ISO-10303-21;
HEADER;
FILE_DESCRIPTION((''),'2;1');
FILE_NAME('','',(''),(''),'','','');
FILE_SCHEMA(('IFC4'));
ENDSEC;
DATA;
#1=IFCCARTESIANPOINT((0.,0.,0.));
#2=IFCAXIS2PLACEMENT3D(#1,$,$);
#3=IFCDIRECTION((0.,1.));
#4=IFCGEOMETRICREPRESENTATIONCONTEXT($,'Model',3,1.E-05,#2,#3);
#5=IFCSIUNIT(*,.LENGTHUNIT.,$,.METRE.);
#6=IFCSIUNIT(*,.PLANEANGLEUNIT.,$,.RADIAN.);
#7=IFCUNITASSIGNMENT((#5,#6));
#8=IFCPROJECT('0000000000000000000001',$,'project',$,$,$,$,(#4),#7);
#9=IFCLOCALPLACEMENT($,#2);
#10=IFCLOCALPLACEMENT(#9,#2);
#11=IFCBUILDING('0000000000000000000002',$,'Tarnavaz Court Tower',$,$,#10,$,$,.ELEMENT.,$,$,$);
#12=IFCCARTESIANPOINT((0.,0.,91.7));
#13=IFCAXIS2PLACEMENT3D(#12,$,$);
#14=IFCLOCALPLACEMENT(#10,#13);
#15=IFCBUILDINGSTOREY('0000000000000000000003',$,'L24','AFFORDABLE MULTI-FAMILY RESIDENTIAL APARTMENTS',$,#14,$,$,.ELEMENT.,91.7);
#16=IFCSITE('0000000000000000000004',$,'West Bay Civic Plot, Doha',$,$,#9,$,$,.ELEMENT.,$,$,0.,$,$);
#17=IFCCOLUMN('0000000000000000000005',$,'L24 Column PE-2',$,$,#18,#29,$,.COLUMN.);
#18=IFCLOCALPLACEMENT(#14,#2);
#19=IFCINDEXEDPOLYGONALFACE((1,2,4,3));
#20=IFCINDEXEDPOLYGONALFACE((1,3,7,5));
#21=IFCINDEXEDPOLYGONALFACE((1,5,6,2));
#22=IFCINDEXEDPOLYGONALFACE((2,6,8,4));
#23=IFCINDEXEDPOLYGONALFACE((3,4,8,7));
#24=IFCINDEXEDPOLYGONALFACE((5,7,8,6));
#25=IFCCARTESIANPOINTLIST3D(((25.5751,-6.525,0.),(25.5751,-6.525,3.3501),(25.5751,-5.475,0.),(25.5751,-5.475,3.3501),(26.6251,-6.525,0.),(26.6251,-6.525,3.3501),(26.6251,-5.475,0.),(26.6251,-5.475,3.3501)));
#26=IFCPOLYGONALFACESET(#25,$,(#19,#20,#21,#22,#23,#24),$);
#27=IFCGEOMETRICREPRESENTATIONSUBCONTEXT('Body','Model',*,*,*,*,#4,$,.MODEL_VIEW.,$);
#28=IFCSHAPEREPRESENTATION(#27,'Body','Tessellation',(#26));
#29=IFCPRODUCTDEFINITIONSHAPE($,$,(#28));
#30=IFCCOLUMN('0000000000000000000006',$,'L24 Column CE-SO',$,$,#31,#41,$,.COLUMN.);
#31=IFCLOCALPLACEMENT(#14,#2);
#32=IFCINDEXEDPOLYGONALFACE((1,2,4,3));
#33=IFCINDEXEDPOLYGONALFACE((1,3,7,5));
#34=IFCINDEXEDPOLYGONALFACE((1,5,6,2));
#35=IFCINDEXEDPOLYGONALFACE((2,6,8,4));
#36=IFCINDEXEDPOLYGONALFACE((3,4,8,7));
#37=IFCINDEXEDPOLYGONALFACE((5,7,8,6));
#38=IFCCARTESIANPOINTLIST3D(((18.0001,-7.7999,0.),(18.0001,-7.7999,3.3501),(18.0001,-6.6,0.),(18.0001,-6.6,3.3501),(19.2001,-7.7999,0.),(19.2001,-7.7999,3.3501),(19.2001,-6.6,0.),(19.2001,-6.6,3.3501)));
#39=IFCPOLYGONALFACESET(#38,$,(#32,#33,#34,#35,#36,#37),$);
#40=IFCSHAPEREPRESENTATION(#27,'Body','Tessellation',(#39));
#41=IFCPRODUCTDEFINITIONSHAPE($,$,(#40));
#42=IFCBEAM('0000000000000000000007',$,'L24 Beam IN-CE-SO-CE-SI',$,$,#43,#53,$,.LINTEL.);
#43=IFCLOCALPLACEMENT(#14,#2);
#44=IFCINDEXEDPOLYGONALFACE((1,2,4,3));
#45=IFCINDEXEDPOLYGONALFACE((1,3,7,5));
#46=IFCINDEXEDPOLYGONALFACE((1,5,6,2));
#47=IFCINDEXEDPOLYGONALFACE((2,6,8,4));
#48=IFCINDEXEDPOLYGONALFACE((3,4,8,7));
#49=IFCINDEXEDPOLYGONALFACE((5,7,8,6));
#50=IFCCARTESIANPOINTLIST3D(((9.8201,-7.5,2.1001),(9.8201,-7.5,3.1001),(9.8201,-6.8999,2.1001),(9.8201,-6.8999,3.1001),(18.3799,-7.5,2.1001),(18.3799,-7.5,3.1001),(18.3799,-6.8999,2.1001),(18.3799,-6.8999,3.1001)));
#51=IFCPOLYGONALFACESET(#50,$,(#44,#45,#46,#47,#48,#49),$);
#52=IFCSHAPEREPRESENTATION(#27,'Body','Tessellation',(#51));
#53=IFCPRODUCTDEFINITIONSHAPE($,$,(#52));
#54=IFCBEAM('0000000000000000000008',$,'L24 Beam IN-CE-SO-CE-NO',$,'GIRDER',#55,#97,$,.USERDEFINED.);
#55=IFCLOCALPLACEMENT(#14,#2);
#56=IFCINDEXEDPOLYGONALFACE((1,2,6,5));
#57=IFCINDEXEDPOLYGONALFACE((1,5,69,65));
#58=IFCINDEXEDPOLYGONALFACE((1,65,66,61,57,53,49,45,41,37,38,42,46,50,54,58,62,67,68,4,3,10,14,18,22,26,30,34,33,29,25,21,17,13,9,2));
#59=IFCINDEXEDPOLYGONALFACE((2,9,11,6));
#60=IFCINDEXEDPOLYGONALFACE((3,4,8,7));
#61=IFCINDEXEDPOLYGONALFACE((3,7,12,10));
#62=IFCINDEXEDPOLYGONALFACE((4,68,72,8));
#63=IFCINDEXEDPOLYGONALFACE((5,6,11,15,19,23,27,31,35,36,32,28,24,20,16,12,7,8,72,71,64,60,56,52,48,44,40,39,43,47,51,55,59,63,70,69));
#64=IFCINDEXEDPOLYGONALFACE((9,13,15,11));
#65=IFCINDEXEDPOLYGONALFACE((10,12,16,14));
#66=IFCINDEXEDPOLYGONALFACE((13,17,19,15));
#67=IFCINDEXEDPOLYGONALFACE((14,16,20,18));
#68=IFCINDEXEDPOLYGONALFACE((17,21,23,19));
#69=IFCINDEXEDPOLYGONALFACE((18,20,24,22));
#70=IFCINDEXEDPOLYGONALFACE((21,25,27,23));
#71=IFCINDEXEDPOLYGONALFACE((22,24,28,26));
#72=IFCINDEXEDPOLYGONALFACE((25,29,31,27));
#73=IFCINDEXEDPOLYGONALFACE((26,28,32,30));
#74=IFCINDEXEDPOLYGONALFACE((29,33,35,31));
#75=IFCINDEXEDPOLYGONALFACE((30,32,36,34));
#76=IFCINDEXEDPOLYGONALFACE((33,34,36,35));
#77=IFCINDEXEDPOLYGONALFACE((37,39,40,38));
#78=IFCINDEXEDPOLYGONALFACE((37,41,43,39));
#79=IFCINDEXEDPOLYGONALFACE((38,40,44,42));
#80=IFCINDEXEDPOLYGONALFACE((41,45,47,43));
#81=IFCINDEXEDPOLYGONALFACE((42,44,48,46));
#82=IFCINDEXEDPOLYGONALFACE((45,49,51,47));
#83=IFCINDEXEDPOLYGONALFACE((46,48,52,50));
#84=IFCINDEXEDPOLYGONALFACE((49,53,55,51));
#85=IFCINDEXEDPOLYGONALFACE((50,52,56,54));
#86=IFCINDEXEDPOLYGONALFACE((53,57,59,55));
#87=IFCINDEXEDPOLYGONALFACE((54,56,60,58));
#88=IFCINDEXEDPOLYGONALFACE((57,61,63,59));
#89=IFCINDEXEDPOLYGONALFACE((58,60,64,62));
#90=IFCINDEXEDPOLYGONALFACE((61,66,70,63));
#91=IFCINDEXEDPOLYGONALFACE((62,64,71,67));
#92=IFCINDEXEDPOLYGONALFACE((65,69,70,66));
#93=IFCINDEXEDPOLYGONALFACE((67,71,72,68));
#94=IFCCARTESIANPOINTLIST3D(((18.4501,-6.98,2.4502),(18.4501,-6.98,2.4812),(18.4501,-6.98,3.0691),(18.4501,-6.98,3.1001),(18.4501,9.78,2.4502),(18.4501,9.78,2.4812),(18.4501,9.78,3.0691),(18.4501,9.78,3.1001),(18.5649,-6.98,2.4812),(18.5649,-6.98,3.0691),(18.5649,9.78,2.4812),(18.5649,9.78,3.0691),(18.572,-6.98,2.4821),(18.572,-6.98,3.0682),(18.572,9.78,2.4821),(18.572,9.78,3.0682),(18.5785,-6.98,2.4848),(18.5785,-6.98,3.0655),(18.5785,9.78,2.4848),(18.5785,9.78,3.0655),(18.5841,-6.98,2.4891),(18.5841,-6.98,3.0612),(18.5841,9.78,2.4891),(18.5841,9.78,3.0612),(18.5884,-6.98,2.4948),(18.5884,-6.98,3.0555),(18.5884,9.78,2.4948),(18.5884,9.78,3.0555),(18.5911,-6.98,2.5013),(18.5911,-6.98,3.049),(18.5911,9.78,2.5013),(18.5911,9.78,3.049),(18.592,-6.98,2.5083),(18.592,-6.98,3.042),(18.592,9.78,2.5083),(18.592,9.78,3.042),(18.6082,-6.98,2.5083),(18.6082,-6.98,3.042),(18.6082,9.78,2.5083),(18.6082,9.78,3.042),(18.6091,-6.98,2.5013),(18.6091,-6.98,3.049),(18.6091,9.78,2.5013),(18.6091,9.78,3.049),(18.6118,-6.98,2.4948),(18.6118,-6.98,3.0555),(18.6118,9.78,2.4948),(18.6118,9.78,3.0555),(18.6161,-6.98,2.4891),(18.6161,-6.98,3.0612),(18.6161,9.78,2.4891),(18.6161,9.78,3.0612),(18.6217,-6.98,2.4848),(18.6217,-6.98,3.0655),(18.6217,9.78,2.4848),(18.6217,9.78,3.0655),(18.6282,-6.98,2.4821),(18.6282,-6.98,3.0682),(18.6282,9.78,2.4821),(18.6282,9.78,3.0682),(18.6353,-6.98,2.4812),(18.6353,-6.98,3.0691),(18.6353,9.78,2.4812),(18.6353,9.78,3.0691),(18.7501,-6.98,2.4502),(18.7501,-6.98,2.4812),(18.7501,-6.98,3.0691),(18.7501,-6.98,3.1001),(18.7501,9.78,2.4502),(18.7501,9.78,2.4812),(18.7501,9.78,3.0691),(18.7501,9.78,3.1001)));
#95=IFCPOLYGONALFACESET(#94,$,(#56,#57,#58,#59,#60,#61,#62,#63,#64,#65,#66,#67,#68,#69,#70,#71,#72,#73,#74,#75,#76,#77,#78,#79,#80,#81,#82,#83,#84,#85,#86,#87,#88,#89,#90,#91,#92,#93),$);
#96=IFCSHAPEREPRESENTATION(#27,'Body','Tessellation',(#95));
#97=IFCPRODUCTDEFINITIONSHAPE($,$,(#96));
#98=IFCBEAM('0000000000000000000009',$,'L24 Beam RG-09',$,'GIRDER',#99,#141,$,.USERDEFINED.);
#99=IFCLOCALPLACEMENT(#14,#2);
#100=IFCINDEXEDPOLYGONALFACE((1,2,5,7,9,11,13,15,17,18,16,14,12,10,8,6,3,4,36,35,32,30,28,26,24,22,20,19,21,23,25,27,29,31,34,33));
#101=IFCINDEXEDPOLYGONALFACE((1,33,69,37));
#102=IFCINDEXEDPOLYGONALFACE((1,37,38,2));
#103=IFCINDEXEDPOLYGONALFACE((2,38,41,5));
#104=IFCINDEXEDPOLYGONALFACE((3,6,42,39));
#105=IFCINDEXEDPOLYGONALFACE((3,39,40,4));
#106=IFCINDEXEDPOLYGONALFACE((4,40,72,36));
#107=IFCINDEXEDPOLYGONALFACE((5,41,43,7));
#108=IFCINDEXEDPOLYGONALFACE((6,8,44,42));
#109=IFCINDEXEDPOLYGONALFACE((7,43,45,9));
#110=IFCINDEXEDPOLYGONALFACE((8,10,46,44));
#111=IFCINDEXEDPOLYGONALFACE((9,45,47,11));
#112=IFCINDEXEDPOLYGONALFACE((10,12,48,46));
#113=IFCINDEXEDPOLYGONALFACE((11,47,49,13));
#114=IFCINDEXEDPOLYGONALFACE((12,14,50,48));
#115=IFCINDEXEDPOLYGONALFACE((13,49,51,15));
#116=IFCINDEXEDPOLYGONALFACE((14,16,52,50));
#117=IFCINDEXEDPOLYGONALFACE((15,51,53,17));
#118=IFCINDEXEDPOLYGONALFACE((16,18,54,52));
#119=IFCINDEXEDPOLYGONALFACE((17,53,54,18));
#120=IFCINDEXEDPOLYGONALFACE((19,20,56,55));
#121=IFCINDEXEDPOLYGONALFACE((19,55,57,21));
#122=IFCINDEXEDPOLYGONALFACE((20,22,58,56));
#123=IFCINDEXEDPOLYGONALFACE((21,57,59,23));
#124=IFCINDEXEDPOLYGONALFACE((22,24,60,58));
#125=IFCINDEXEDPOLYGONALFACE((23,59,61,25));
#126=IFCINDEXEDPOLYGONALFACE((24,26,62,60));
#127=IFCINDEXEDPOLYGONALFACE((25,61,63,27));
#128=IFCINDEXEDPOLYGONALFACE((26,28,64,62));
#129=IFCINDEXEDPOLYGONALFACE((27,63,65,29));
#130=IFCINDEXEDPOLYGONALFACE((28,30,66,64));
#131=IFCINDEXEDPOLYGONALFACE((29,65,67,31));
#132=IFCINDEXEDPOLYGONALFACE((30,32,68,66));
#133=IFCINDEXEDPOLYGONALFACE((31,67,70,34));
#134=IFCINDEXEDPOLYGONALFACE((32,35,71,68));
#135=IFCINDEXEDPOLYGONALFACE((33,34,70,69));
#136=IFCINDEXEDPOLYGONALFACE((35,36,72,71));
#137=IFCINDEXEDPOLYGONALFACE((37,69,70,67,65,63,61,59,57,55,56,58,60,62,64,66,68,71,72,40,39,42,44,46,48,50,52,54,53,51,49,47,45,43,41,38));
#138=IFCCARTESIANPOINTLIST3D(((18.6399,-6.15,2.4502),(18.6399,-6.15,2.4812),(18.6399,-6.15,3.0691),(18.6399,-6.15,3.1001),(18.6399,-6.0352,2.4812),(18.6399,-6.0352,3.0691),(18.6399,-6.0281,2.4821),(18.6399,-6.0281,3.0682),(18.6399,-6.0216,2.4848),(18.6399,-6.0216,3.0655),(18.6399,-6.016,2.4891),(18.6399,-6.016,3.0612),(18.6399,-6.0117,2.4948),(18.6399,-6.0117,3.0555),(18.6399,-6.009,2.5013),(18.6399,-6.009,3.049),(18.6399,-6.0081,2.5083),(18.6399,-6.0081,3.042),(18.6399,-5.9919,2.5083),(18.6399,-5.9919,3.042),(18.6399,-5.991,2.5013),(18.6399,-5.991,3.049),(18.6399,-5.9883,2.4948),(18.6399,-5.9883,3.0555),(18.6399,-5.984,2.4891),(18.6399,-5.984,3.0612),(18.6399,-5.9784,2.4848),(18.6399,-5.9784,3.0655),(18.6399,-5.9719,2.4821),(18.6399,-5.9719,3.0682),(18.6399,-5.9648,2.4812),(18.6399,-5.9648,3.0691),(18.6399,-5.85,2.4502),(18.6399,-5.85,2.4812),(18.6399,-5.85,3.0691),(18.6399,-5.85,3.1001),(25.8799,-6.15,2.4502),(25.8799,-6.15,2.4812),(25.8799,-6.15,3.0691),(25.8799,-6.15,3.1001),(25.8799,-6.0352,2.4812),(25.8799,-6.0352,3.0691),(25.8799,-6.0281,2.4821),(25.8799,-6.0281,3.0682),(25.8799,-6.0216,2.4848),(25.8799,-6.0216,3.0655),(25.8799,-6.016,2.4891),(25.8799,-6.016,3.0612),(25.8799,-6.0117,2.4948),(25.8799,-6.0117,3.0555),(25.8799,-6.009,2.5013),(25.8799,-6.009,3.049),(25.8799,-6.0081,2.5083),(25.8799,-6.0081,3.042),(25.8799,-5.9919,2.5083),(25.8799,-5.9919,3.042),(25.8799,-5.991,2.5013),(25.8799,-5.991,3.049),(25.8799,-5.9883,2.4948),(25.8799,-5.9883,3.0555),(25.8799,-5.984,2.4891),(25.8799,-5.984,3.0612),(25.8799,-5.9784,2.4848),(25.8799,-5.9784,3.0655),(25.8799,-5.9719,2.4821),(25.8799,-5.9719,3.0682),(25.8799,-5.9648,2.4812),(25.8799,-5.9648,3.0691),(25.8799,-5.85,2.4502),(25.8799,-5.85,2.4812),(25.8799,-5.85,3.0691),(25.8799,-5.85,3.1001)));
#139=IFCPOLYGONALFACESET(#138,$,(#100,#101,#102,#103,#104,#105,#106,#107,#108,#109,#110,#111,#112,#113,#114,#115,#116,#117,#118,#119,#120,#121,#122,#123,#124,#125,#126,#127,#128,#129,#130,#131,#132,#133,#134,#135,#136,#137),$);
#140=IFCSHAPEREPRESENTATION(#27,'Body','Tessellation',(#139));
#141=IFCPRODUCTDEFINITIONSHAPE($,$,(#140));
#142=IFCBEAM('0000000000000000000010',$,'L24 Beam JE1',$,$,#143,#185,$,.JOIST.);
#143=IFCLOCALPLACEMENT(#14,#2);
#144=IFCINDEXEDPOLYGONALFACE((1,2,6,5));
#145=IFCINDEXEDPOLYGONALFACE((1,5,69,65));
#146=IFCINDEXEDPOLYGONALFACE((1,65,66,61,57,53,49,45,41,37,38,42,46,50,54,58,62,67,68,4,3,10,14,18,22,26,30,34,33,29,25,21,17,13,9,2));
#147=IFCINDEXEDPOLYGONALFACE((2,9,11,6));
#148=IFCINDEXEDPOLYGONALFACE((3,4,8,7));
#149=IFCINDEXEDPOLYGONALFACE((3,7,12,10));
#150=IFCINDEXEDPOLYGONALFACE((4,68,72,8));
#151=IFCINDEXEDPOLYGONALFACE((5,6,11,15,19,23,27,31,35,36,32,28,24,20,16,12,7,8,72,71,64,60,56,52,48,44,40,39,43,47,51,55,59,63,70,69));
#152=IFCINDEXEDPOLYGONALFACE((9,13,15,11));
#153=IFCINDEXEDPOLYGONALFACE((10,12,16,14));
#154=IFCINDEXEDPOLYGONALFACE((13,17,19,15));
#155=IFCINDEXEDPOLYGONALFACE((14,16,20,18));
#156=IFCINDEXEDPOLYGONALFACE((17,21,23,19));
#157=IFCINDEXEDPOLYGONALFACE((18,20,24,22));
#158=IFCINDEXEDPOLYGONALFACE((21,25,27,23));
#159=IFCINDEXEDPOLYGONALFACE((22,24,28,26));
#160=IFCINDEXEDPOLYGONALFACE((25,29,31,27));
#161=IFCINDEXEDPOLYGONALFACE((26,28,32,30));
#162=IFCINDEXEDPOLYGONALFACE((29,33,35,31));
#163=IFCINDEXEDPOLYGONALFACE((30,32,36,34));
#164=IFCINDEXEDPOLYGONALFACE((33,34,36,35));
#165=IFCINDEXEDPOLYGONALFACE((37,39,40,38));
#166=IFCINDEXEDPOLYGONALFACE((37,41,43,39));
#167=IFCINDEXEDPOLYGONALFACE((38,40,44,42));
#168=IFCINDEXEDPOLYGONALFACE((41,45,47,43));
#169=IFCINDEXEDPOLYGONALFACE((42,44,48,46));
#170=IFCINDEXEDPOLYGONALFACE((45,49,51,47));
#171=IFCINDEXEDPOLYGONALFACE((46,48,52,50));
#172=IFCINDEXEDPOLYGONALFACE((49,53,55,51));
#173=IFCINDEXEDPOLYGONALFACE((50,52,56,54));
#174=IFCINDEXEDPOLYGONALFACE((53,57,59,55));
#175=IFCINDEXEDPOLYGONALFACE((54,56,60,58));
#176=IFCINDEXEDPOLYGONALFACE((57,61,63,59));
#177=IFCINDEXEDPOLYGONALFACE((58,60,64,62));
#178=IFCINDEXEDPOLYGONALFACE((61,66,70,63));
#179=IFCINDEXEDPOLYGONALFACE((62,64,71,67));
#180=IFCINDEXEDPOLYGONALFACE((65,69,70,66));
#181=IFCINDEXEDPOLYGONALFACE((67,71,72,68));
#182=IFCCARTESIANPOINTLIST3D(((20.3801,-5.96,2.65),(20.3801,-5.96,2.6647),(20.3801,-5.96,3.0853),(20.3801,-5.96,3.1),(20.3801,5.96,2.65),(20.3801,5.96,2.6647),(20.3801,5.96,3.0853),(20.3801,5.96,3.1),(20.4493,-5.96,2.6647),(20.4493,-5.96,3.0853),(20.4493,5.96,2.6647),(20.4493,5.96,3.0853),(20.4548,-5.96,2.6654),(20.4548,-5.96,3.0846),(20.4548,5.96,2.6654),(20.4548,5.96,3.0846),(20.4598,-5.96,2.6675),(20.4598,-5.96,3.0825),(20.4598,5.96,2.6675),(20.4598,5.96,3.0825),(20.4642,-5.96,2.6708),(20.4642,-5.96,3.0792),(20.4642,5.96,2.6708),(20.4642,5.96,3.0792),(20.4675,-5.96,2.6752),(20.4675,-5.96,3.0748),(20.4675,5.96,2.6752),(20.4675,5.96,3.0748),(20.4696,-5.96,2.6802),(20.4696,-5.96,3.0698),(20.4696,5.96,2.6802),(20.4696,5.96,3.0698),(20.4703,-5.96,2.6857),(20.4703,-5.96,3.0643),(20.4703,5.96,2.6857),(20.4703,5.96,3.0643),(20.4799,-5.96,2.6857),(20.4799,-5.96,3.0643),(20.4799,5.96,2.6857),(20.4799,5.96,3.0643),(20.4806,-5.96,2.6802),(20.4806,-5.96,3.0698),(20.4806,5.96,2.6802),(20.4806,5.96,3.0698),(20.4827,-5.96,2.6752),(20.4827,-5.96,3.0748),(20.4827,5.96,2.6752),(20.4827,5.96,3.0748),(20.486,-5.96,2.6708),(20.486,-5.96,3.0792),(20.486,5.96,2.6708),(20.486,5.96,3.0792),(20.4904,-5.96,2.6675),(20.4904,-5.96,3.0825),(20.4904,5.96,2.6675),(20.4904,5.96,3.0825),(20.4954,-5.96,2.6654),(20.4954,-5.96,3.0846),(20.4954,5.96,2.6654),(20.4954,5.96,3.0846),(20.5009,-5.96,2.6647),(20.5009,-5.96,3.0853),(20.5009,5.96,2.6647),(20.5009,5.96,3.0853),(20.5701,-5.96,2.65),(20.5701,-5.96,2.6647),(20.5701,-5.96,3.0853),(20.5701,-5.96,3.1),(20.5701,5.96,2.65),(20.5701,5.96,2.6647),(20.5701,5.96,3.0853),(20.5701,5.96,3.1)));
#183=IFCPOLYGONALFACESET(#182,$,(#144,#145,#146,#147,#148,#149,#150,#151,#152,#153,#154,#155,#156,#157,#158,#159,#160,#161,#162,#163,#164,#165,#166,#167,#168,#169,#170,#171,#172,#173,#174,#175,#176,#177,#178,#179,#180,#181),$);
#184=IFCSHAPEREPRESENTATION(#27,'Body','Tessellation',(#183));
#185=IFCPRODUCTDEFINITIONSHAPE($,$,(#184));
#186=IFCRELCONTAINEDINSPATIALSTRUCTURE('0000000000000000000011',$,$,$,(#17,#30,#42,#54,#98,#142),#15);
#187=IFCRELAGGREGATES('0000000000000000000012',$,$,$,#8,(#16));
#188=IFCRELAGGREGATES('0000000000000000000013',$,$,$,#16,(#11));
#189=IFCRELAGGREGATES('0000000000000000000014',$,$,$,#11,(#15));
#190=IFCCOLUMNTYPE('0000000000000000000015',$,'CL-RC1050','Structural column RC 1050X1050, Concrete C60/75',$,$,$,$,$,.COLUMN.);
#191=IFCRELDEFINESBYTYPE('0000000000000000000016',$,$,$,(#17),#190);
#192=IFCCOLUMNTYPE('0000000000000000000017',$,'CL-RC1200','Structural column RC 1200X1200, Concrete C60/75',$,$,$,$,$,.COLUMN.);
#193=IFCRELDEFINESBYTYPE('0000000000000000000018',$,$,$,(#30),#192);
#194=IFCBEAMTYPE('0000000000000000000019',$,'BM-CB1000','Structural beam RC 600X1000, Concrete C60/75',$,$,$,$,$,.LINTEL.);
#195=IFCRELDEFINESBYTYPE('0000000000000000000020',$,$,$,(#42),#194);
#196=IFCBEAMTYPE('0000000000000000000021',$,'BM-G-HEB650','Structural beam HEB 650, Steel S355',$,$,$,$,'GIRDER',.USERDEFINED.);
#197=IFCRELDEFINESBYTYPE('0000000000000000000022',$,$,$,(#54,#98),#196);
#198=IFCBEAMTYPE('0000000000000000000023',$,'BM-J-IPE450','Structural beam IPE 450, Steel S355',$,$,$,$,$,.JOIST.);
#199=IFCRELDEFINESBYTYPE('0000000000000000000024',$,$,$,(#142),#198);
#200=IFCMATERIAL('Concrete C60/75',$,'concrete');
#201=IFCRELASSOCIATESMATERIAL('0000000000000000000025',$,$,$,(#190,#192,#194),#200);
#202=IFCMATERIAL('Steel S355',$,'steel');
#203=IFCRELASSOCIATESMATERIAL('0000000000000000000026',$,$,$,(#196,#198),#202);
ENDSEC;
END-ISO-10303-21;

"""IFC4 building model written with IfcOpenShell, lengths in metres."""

from ifc_helpers import new_model, si_unit, direction, frame, origin, origin_2d, place, context, subcontext, project, spatial, rectangle, i_section, extrude, material, material_profile, profile_set, type_object, element, save


model = new_model("IFC4")

# Units and contexts
model_context = context("Model", 3, precision=1e-05, world=origin(), true_north=direction((0.0, 1.0)))
body_context = subcontext(model_context, "Body", "Model", "MODEL_VIEW")
ifc_project = project(units=[si_unit("LENGTHUNIT", "METRE"), si_unit("PLANEANGLEUNIT", "RADIAN")], contexts=[model_context])

# Site, building, storey
site_placement = place(None, origin())
site = spatial("IfcSite", under=ifc_project, at=site_placement, Name="West Bay Civic Plot, Doha", CompositionType="ELEMENT", RefElevation=0.0)
building_placement = place(site_placement, origin())
building = spatial("IfcBuilding", under=site, at=building_placement, Name="Tarnavaz Court Tower", CompositionType="ELEMENT")
storey_placement = place(building_placement, frame((0.0, 0.0, 91.7)))
storey = spatial("IfcBuildingStorey", under=building, at=storey_placement, Name="L24", Description="AFFORDABLE MULTI-FAMILY RESIDENTIAL APARTMENTS", CompositionType="ELEMENT", Elevation=91.7)

# Columns
ifc_material_1 = material(Name="Concrete C60/75", Category="concrete")
ifc_material_profile_1 = material_profile(ifc_material_1, rectangle(XDim=1.05, YDim=1.05, at=origin_2d()), Name="RC 1050X1050")
ifc_profile_set_1 = profile_set([ifc_material_profile_1], Name="Concrete C60/75")
column_type_1 = type_object("IfcColumnType", Name="CL-RC1050", Description="Structural column RC 1050X1050, Concrete C60/75", PredefinedType="COLUMN", material=ifc_profile_set_1)
column_1_placement = place(storey_placement, frame((26.1001, -6.0, 0.0), z_axis=(0.0, 0.0, 1.0), x_axis=(1.0, 0.0, 0.0)))
element("IfcColumn", 1, at=column_1_placement, inside=storey, type_object=column_type_1, Name="L24 Column PE-2", PredefinedType="COLUMN", context=body_context, shape_type="SweptSolid", body=[
    extrude(rectangle(XDim=1.05, YDim=1.05, at=origin_2d()), origin(), (0.0, 0.0, 1.0), 3.3501),
])
ifc_material_profile_2 = material_profile(ifc_material_1, rectangle(XDim=1.2, YDim=1.2, at=origin_2d()), Name="RC 1200X1200")
ifc_profile_set_2 = profile_set([ifc_material_profile_2], Name="Concrete C60/75")
column_type_2 = type_object("IfcColumnType", Name="CL-RC1200", Description="Structural column RC 1200X1200, Concrete C60/75", PredefinedType="COLUMN", material=ifc_profile_set_2)
column_2_placement = place(storey_placement, frame((18.6001, -7.2, 0.0), z_axis=(0.0, 0.0, 1.0), x_axis=(1.0, 0.0, 0.0)))
element("IfcColumn", 2, at=column_2_placement, inside=storey, type_object=column_type_2, Name="L24 Column CE-SO", PredefinedType="COLUMN", context=body_context, shape_type="SweptSolid", body=[
    extrude(rectangle(XDim=1.2, YDim=1.2, at=origin_2d()), origin(), (0.0, 0.0, 1.0), 3.3501),
])

# Beams
ifc_material_profile_3 = material_profile(ifc_material_1, rectangle(XDim=0.6001, YDim=1.0, at=origin_2d()), Name="RC 600X1000")
ifc_profile_set_3 = profile_set([ifc_material_profile_3], Name="Concrete C60/75")
beam_type_1 = type_object("IfcBeamType", Name="BM-CB1000", Description="Structural beam RC 600X1000, Concrete C60/75", PredefinedType="LINTEL", material=ifc_profile_set_3)
beam_1_placement = place(storey_placement, frame((18.3799, -7.2, 2.6001), z_axis=(-1.0, 0.0, 0.0), x_axis=(0.0, -1.0, 0.0)))
element("IfcBeam", 3, at=beam_1_placement, inside=storey, type_object=beam_type_1, Name="L24 Beam IN-CE-SO-CE-SI", PredefinedType="LINTEL", context=body_context, shape_type="SweptSolid", body=[
    extrude(rectangle(XDim=0.6001, YDim=1.0, at=origin_2d()), origin(), (0.0, 0.0, 1.0), 8.5598),
])
ifc_material_2 = material(Name="Steel S355", Category="steel")
ifc_material_profile_4 = material_profile(ifc_material_2, i_section(OverallWidth=0.3, OverallDepth=0.6499, WebThickness=0.0161, FlangeThickness=0.031, FilletRadius=0.0271, at=origin_2d()), Name="HEB 650")
ifc_profile_set_4 = profile_set([ifc_material_profile_4], Name="Steel S355")
beam_type_2 = type_object("IfcBeamType", Name="BM-G-HEB650", Description="Structural beam HEB 650, Steel S355", ElementType="GIRDER", PredefinedType="USERDEFINED", material=ifc_profile_set_4)
beam_2_placement = place(storey_placement, frame((18.6001, -6.98, 2.7751), z_axis=(0.0, 1.0, 0.0), x_axis=(-1.0, 0.0, 0.0)))
element("IfcBeam", 4, at=beam_2_placement, inside=storey, type_object=beam_type_2, Name="L24 Beam IN-CE-SO-CE-NO", ObjectType="GIRDER", PredefinedType="USERDEFINED", context=body_context, shape_type="SweptSolid", body=[
    extrude(i_section(OverallWidth=0.3, OverallDepth=0.6499, WebThickness=0.0161, FlangeThickness=0.031, FilletRadius=0.0271, at=origin_2d()), origin(), (0.0, 0.0, 1.0), 16.76),
])
beam_3_placement = place(storey_placement, frame((18.6399, -6.0, 2.7751), z_axis=(1.0, 0.0, 0.0), x_axis=(0.0, 1.0, 0.0)))
element("IfcBeam", 5, at=beam_3_placement, inside=storey, type_object=beam_type_2, Name="L24 Beam RG-09", ObjectType="GIRDER", PredefinedType="USERDEFINED", context=body_context, shape_type="SweptSolid", body=[
    extrude(i_section(OverallWidth=0.3, OverallDepth=0.6499, WebThickness=0.0161, FlangeThickness=0.031, FilletRadius=0.0271, at=origin_2d()), origin(), (0.0, 0.0, 1.0), 7.24),
])
ifc_material_profile_5 = material_profile(ifc_material_2, i_section(OverallWidth=0.1899, OverallDepth=0.45, WebThickness=0.0095, FlangeThickness=0.0146, FilletRadius=0.021, at=origin_2d()), Name="IPE 450")
ifc_profile_set_5 = profile_set([ifc_material_profile_5], Name="Steel S355")
beam_type_3 = type_object("IfcBeamType", Name="BM-J-IPE450", Description="Structural beam IPE 450, Steel S355", PredefinedType="JOIST", material=ifc_profile_set_5)
for number, where, z_axis, x_axis, name in (
    (6, (20.4751, -5.96, 2.875), (0.0, 1.0, 0.0), (-1.0, 0.0, 0.0), "L24 Beam JE1"),
):
    element("IfcBeam", number, at=place(storey_placement, frame(where, z_axis=z_axis, x_axis=x_axis)), inside=storey, type_object=beam_type_3, Name=name, PredefinedType="JOIST", context=body_context, shape_type="SweptSolid", body=[
        extrude(i_section(OverallWidth=0.1899, OverallDepth=0.45, WebThickness=0.0095, FlangeThickness=0.0146, FilletRadius=0.021, at=origin_2d()), origin(), (0.0, 0.0, 1.0), 11.9199),
    ])

save(model, "model.ifc")
